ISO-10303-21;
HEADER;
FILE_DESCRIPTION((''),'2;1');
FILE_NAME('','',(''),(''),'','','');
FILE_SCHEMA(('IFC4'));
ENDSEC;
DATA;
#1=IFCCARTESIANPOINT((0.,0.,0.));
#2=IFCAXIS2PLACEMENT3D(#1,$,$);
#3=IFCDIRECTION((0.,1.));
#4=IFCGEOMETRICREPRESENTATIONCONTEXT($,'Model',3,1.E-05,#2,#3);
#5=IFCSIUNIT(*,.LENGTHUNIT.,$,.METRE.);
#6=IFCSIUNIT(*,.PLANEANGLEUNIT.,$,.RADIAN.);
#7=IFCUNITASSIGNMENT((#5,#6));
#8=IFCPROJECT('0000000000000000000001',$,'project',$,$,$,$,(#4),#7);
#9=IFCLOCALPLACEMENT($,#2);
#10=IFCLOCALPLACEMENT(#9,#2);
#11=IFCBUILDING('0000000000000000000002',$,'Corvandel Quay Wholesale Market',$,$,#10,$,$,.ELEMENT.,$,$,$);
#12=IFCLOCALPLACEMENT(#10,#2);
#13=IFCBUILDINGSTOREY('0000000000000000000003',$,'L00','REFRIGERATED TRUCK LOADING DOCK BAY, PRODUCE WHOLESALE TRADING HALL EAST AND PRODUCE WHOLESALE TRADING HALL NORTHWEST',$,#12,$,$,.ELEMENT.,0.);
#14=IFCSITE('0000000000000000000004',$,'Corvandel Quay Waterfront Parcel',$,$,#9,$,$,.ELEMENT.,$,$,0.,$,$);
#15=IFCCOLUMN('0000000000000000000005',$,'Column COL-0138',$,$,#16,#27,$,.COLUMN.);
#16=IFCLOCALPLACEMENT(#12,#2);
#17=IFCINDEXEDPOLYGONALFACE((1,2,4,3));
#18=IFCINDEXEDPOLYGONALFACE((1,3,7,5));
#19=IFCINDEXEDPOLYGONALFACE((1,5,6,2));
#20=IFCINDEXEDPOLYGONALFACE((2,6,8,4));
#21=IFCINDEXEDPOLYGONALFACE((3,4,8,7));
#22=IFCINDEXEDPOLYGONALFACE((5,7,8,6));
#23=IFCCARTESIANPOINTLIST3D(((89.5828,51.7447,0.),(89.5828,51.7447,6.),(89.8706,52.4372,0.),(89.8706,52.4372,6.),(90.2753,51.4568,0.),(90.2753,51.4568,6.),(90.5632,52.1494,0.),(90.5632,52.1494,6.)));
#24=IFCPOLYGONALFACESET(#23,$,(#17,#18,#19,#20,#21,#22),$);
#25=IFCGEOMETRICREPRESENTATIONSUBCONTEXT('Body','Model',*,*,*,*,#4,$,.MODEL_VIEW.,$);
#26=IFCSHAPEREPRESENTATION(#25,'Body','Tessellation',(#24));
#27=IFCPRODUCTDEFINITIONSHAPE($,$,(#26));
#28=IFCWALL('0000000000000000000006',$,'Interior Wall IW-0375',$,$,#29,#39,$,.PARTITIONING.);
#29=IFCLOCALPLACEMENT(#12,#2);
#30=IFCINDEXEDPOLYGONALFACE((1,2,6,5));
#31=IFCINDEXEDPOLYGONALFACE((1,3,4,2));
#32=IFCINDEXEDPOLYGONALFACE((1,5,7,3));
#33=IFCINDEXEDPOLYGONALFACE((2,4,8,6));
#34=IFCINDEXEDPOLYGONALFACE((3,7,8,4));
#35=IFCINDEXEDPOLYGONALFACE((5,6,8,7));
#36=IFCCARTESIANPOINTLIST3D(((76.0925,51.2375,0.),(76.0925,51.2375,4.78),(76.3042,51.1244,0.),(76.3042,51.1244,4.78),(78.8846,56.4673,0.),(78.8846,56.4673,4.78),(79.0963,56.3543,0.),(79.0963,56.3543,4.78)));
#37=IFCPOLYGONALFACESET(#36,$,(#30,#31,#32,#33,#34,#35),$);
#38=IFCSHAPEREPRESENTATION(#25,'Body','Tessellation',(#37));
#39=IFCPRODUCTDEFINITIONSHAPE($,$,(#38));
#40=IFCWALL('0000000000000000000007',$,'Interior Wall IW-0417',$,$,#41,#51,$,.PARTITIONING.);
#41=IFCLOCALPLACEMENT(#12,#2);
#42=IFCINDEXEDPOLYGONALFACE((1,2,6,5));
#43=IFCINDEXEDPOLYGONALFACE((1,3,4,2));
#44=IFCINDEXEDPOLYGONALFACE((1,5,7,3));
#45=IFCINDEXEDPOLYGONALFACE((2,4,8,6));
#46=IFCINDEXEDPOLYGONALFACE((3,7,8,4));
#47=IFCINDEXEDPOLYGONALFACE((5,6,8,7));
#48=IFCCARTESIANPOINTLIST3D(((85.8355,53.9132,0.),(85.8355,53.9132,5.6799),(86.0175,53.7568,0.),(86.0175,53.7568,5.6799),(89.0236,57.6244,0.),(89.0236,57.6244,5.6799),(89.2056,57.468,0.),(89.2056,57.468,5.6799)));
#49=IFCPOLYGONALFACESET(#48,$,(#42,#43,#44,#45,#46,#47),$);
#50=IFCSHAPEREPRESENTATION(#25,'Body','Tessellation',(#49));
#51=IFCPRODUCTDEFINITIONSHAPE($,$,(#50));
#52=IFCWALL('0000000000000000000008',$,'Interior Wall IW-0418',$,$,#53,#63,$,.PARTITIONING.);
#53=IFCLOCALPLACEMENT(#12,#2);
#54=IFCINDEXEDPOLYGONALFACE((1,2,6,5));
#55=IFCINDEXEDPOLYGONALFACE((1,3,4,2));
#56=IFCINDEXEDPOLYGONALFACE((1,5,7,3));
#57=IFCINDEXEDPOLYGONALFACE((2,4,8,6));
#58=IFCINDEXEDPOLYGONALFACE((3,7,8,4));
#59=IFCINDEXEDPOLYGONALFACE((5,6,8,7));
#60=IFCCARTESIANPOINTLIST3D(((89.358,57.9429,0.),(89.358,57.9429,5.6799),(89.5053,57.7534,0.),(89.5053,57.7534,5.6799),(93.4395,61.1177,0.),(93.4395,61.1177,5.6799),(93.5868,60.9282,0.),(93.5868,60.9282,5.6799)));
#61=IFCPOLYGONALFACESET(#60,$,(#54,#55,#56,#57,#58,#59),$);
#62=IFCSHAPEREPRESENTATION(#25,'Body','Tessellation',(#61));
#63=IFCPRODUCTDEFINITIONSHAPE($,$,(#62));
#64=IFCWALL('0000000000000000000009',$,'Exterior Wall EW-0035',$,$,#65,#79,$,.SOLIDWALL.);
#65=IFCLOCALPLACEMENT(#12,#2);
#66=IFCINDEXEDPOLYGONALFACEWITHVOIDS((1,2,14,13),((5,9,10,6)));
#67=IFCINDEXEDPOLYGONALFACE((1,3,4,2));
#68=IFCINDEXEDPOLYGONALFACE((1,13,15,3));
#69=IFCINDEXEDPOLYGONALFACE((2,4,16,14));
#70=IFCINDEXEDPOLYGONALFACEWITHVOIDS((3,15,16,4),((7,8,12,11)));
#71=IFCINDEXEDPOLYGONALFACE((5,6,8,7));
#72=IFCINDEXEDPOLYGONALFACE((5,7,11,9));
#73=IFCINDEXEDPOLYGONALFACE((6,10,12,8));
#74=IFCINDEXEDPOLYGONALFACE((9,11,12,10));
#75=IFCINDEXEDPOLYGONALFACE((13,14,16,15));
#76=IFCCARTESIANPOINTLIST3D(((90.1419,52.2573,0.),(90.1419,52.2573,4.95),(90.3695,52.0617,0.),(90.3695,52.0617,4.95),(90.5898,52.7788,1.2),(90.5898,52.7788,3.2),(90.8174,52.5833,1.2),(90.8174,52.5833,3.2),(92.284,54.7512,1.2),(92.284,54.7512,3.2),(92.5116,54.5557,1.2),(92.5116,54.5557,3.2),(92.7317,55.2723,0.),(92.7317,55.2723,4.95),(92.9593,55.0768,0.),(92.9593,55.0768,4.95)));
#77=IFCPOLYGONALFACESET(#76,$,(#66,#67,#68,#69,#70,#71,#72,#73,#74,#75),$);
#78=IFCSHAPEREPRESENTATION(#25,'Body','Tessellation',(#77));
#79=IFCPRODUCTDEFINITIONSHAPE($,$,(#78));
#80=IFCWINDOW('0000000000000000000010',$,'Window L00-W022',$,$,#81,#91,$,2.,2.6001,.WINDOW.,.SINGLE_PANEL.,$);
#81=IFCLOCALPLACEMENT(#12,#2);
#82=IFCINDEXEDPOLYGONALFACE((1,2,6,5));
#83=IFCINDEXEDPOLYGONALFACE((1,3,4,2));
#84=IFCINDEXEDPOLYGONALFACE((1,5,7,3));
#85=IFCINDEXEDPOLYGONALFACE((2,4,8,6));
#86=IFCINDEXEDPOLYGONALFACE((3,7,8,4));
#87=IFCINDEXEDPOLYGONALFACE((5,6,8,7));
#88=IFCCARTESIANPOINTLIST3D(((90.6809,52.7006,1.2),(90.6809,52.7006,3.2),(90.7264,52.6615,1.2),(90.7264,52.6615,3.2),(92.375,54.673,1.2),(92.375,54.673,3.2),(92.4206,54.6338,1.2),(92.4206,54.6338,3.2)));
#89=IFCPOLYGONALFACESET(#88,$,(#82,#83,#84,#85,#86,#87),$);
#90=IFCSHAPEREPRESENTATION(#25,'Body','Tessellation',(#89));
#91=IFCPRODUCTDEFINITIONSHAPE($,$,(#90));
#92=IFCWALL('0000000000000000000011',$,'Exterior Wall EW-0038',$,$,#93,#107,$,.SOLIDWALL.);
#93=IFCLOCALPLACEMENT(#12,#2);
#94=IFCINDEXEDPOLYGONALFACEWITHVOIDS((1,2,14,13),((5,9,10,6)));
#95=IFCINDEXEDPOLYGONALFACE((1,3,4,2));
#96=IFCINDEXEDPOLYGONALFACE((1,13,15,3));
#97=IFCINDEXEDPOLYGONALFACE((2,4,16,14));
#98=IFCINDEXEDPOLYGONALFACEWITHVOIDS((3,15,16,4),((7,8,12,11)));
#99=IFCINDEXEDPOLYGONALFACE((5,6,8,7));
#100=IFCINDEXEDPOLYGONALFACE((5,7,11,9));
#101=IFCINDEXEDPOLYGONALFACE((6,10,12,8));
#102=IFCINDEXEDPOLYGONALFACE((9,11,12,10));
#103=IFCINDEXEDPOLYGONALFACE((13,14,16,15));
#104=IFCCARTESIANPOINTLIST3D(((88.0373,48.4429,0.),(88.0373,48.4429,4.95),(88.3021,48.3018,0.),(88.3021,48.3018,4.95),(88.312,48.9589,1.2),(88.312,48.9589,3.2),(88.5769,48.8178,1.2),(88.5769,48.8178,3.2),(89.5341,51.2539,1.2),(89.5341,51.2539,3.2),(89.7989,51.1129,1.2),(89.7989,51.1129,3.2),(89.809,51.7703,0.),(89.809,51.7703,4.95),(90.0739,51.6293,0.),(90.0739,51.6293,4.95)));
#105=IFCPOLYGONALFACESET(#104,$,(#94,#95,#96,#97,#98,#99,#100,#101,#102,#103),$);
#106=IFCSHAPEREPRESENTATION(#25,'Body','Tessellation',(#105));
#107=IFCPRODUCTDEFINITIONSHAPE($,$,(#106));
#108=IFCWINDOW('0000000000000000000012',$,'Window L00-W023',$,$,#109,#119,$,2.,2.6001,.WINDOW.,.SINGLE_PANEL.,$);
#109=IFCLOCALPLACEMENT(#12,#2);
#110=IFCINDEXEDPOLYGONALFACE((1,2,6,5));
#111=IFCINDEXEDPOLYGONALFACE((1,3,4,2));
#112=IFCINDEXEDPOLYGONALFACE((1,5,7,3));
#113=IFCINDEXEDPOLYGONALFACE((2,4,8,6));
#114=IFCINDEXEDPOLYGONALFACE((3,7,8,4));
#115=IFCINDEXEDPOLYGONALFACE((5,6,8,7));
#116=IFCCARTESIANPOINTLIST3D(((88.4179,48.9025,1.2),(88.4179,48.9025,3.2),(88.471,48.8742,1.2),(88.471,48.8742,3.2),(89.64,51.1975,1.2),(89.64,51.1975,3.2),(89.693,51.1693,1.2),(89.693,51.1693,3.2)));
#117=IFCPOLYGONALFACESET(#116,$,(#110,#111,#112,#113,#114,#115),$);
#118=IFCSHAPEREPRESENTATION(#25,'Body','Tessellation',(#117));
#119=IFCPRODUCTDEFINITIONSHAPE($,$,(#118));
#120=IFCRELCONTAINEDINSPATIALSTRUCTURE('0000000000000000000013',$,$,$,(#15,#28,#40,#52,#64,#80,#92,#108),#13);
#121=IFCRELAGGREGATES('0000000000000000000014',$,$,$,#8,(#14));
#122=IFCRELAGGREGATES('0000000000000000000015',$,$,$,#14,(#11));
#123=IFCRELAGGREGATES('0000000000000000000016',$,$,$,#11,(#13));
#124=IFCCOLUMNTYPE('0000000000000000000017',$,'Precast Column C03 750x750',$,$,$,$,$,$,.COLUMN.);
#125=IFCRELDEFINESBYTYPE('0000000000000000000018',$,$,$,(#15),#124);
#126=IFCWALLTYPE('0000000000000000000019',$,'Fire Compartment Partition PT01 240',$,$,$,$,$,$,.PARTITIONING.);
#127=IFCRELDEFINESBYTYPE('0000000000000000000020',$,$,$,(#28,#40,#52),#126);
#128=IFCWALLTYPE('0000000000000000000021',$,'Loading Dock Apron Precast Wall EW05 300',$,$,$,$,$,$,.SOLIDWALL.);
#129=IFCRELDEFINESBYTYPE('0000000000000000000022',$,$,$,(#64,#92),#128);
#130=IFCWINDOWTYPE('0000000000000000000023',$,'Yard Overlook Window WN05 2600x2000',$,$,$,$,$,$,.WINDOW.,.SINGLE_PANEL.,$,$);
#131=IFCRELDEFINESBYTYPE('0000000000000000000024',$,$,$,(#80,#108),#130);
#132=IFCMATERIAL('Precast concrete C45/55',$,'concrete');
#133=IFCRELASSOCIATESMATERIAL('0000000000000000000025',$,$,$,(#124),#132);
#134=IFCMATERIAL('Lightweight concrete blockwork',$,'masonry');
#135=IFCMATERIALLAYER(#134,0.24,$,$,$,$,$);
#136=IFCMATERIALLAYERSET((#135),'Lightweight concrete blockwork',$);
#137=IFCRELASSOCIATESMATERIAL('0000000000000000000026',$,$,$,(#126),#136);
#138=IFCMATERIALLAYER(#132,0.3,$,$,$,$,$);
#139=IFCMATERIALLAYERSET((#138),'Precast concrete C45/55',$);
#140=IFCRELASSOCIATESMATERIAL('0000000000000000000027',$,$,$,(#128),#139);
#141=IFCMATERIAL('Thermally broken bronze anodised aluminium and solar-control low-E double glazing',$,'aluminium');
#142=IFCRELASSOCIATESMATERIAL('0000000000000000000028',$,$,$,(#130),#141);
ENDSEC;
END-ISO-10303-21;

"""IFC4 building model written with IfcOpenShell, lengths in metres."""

from ifc_helpers import new_model, si_unit, direction, frame, frame_2d, origin, origin_2d, place, context, subcontext, project, spatial, rectangle, extrude, material, layer, layer_set, material_profile, profile_set, type_object, element, fill, save


model = new_model("IFC4")

# Units and contexts
model_context = context("Model", 3, precision=1e-05, world=origin(), true_north=direction((0.0, 1.0)))
body_context = subcontext(model_context, "Body", "Model", "MODEL_VIEW")
ifc_project = project(units=[si_unit("LENGTHUNIT", "METRE"), si_unit("PLANEANGLEUNIT", "RADIAN")], contexts=[model_context])

# Site, building, storey
site_placement = place(None, origin())
site = spatial("IfcSite", under=ifc_project, at=site_placement, Name="Corvandel Quay Waterfront Parcel", CompositionType="ELEMENT", RefElevation=0.0)
building_placement = place(site_placement, origin())
building = spatial("IfcBuilding", under=site, at=building_placement, Name="Corvandel Quay Wholesale Market", CompositionType="ELEMENT")
storey_placement = place(building_placement, origin())
storey = spatial("IfcBuildingStorey", under=building, at=storey_placement, Name="L00", Description="REFRIGERATED TRUCK LOADING DOCK BAY, PRODUCE WHOLESALE TRADING HALL EAST AND PRODUCE WHOLESALE TRADING HALL NORTHWEST", CompositionType="ELEMENT", Elevation=0.0)

# Column
ifc_material_1 = material(Name="Precast concrete C45/55", Category="concrete")
ifc_material_profile_1 = material_profile(ifc_material_1, rectangle(XDim=0.75, YDim=0.75, at=origin_2d()), Name="PC-COL-750x750")
ifc_profile_set_1 = profile_set([ifc_material_profile_1], Name="Precast concrete C45/55")
column_type_1 = type_object("IfcColumnType", Name="Precast Column C03 750x750", PredefinedType="COLUMN", material=ifc_profile_set_1)
for number, where, z_axis, x_axis, name in (
    (1, (90.073, 51.947, 0.0), (0.0, 0.0, 1.0), (0.383812, 0.923411, 0.0), "Column COL-0138"),
):
    element("IfcColumn", number, at=place(storey_placement, frame(where, z_axis=z_axis, x_axis=x_axis)), inside=storey, type_object=column_type_1, Name=name, PredefinedType="COLUMN", context=body_context, shape_type="SweptSolid", body=[
        extrude(rectangle(XDim=0.75, YDim=0.75, at=origin_2d()), origin(), (0.0, 0.0, 1.0), 6.0),
    ])

# Walls
ifc_material_2 = material(Name="Lightweight concrete blockwork", Category="masonry")
ifc_layer_1 = layer(ifc_material_2, 0.24)
ifc_layer_set_1 = layer_set([ifc_layer_1], Name="Lightweight concrete blockwork")
wall_type_1 = type_object("IfcWallType", Name="Fire Compartment Partition PT01 240", PredefinedType="PARTITIONING", material=ifc_layer_set_1)
wall_1_placement = place(storey_placement, frame((78.9905, 56.4109, 0.0), z_axis=(0.0, 0.0, 1.0), x_axis=(-0.470956, -0.882157, 0.0)))
element("IfcWall", 2, at=wall_1_placement, inside=storey, type_object=wall_type_1, Name="Interior Wall IW-0375", PredefinedType="PARTITIONING", context=body_context, shape_type="SweptSolid", body=[
    extrude(rectangle(XDim=5.9285, YDim=0.24, at=frame_2d((2.9644, 0.0))), origin(), (0.0, 0.0, 1.0), 4.78),
])
wall_2_placement = place(storey_placement, frame((85.9265, 53.835, 0.0), z_axis=(0.0, 0.0, 1.0), x_axis=(0.651613, 0.758552, 0.0)))
element("IfcWall", 3, at=wall_2_placement, inside=storey, type_object=wall_type_1, Name="Interior Wall IW-0417", PredefinedType="PARTITIONING", context=body_context, shape_type="SweptSolid", body=[
    extrude(rectangle(XDim=4.8926, YDim=0.24, at=frame_2d((2.4463, 0.0))), origin(), (0.0, 0.0, 1.0), 5.6799),
])
wall_3_placement = place(storey_placement, frame((89.4316, 57.8481, 0.0), z_axis=(0.0, 0.0, 1.0), x_axis=(0.789327, 0.613973, 0.0)))
element("IfcWall", 4, at=wall_3_placement, inside=storey, type_object=wall_type_1, Name="Interior Wall IW-0418", PredefinedType="PARTITIONING", context=body_context, shape_type="SweptSolid", body=[
    extrude(rectangle(XDim=5.1709, YDim=0.24, at=frame_2d((2.5854, 0.0))), origin(), (0.0, 0.0, 1.0), 5.6799),
])

# Walls, openings, windows
ifc_layer_2 = layer(ifc_material_1, 0.3)
ifc_layer_set_2 = layer_set([ifc_layer_2], Name="Precast concrete C45/55")
wall_type_2 = type_object("IfcWallType", Name="Loading Dock Apron Precast Wall EW05 300", PredefinedType="SOLIDWALL", material=ifc_layer_set_2)
wall_4_placement = place(storey_placement, frame((92.8455, 55.1746, 0.0), z_axis=(0.0, 0.0, 1.0), x_axis=(-0.65158, -0.75858, 0.0)))
wall_4 = element("IfcWall", 5, at=wall_4_placement, inside=storey, type_object=wall_type_2, Name="Exterior Wall EW-0035", PredefinedType="SOLIDWALL", context=body_context, shape_type="SweptSolid", body=[
    extrude(rectangle(XDim=3.9746, YDim=0.3, at=frame_2d((1.9873, 0.0))), origin(), (0.0, 0.0, 1.0), 4.95),
])
opening_1_placement = place(wall_4_placement, frame((0.687, 0.0, 1.2)))
opening_1 = element("IfcOpeningElement", 6, at=opening_1_placement, cuts=wall_4, PredefinedType="OPENING", context=body_context, shape_type="SweptSolid", body=[
    extrude(rectangle(XDim=2.6001, YDim=2.0, at=frame_2d((1.3, 1.0))), frame((0.0, 0.1599, 0.0), z_axis=(0.0, -1.0, 0.0), x_axis=(1.0, 0.0, 0.0)), (0.0, 0.0, 1.0), 0.3201),
])
ifc_material_3 = material(Name="Thermally broken bronze anodised aluminium and solar-control low-E double glazing", Category="aluminium")
window_type = type_object("IfcWindowType", Name="Yard Overlook Window WN05 2600x2000", PartitioningType="SINGLE_PANEL", PredefinedType="WINDOW", material=ifc_material_3)
window_1_placement = place(opening_1_placement, origin())
window_1 = element("IfcWindow", 7, at=window_1_placement, inside=storey, type_object=window_type, Name="Window L00-W022", OverallHeight=2.0, OverallWidth=2.6001, PartitioningType="SINGLE_PANEL", PredefinedType="WINDOW", context=body_context, shape_type="SweptSolid", body=[
    extrude(rectangle(XDim=2.6001, YDim=2.0, at=frame_2d((1.3, 1.0))), frame((0.0, 0.03, 0.0), z_axis=(0.0, -1.0, 0.0), x_axis=(1.0, 0.0, 0.0)), (0.0, 0.0, 1.0), 0.0601),
])
fill(opening_1, window_1)
wall_5_placement = place(storey_placement, frame((89.9414, 51.6997, 0.0), z_axis=(0.0, 0.0, 1.0), x_axis=(-0.469993, -0.88267, 0.0)))
wall_5 = element("IfcWall", 8, at=wall_5_placement, inside=storey, type_object=wall_type_2, Name="Exterior Wall EW-0038", PredefinedType="SOLIDWALL", context=body_context, shape_type="SweptSolid", body=[
    extrude(rectangle(XDim=3.7698, YDim=0.3, at=frame_2d((1.8848, 0.0))), origin(), (0.0, 0.0, 1.0), 4.95),
])
opening_2_placement = place(wall_5_placement, frame((0.585, 0.0, 1.2)))
opening_2 = element("IfcOpeningElement", 9, at=opening_2_placement, cuts=wall_5, PredefinedType="OPENING", context=body_context, shape_type="SweptSolid", body=[
    extrude(rectangle(XDim=2.6001, YDim=2.0, at=frame_2d((1.3, 1.0))), frame((0.0, 0.1599, 0.0), z_axis=(0.0, -1.0, 0.0), x_axis=(1.0, 0.0, 0.0)), (0.0, 0.0, 1.0), 0.3201),
])
window_2_placement = place(opening_2_placement, origin())
window_2 = element("IfcWindow", 10, at=window_2_placement, inside=storey, type_object=window_type, Name="Window L00-W023", OverallHeight=2.0, OverallWidth=2.6001, PartitioningType="SINGLE_PANEL", PredefinedType="WINDOW", context=body_context, shape_type="SweptSolid", body=[
    extrude(rectangle(XDim=2.6001, YDim=2.0, at=frame_2d((1.3, 1.0))), frame((0.0, 0.03, 0.0), z_axis=(0.0, -1.0, 0.0), x_axis=(1.0, 0.0, 0.0)), (0.0, 0.0, 1.0), 0.0601),
])
fill(opening_2, window_2)

save(model, "model.ifc")
